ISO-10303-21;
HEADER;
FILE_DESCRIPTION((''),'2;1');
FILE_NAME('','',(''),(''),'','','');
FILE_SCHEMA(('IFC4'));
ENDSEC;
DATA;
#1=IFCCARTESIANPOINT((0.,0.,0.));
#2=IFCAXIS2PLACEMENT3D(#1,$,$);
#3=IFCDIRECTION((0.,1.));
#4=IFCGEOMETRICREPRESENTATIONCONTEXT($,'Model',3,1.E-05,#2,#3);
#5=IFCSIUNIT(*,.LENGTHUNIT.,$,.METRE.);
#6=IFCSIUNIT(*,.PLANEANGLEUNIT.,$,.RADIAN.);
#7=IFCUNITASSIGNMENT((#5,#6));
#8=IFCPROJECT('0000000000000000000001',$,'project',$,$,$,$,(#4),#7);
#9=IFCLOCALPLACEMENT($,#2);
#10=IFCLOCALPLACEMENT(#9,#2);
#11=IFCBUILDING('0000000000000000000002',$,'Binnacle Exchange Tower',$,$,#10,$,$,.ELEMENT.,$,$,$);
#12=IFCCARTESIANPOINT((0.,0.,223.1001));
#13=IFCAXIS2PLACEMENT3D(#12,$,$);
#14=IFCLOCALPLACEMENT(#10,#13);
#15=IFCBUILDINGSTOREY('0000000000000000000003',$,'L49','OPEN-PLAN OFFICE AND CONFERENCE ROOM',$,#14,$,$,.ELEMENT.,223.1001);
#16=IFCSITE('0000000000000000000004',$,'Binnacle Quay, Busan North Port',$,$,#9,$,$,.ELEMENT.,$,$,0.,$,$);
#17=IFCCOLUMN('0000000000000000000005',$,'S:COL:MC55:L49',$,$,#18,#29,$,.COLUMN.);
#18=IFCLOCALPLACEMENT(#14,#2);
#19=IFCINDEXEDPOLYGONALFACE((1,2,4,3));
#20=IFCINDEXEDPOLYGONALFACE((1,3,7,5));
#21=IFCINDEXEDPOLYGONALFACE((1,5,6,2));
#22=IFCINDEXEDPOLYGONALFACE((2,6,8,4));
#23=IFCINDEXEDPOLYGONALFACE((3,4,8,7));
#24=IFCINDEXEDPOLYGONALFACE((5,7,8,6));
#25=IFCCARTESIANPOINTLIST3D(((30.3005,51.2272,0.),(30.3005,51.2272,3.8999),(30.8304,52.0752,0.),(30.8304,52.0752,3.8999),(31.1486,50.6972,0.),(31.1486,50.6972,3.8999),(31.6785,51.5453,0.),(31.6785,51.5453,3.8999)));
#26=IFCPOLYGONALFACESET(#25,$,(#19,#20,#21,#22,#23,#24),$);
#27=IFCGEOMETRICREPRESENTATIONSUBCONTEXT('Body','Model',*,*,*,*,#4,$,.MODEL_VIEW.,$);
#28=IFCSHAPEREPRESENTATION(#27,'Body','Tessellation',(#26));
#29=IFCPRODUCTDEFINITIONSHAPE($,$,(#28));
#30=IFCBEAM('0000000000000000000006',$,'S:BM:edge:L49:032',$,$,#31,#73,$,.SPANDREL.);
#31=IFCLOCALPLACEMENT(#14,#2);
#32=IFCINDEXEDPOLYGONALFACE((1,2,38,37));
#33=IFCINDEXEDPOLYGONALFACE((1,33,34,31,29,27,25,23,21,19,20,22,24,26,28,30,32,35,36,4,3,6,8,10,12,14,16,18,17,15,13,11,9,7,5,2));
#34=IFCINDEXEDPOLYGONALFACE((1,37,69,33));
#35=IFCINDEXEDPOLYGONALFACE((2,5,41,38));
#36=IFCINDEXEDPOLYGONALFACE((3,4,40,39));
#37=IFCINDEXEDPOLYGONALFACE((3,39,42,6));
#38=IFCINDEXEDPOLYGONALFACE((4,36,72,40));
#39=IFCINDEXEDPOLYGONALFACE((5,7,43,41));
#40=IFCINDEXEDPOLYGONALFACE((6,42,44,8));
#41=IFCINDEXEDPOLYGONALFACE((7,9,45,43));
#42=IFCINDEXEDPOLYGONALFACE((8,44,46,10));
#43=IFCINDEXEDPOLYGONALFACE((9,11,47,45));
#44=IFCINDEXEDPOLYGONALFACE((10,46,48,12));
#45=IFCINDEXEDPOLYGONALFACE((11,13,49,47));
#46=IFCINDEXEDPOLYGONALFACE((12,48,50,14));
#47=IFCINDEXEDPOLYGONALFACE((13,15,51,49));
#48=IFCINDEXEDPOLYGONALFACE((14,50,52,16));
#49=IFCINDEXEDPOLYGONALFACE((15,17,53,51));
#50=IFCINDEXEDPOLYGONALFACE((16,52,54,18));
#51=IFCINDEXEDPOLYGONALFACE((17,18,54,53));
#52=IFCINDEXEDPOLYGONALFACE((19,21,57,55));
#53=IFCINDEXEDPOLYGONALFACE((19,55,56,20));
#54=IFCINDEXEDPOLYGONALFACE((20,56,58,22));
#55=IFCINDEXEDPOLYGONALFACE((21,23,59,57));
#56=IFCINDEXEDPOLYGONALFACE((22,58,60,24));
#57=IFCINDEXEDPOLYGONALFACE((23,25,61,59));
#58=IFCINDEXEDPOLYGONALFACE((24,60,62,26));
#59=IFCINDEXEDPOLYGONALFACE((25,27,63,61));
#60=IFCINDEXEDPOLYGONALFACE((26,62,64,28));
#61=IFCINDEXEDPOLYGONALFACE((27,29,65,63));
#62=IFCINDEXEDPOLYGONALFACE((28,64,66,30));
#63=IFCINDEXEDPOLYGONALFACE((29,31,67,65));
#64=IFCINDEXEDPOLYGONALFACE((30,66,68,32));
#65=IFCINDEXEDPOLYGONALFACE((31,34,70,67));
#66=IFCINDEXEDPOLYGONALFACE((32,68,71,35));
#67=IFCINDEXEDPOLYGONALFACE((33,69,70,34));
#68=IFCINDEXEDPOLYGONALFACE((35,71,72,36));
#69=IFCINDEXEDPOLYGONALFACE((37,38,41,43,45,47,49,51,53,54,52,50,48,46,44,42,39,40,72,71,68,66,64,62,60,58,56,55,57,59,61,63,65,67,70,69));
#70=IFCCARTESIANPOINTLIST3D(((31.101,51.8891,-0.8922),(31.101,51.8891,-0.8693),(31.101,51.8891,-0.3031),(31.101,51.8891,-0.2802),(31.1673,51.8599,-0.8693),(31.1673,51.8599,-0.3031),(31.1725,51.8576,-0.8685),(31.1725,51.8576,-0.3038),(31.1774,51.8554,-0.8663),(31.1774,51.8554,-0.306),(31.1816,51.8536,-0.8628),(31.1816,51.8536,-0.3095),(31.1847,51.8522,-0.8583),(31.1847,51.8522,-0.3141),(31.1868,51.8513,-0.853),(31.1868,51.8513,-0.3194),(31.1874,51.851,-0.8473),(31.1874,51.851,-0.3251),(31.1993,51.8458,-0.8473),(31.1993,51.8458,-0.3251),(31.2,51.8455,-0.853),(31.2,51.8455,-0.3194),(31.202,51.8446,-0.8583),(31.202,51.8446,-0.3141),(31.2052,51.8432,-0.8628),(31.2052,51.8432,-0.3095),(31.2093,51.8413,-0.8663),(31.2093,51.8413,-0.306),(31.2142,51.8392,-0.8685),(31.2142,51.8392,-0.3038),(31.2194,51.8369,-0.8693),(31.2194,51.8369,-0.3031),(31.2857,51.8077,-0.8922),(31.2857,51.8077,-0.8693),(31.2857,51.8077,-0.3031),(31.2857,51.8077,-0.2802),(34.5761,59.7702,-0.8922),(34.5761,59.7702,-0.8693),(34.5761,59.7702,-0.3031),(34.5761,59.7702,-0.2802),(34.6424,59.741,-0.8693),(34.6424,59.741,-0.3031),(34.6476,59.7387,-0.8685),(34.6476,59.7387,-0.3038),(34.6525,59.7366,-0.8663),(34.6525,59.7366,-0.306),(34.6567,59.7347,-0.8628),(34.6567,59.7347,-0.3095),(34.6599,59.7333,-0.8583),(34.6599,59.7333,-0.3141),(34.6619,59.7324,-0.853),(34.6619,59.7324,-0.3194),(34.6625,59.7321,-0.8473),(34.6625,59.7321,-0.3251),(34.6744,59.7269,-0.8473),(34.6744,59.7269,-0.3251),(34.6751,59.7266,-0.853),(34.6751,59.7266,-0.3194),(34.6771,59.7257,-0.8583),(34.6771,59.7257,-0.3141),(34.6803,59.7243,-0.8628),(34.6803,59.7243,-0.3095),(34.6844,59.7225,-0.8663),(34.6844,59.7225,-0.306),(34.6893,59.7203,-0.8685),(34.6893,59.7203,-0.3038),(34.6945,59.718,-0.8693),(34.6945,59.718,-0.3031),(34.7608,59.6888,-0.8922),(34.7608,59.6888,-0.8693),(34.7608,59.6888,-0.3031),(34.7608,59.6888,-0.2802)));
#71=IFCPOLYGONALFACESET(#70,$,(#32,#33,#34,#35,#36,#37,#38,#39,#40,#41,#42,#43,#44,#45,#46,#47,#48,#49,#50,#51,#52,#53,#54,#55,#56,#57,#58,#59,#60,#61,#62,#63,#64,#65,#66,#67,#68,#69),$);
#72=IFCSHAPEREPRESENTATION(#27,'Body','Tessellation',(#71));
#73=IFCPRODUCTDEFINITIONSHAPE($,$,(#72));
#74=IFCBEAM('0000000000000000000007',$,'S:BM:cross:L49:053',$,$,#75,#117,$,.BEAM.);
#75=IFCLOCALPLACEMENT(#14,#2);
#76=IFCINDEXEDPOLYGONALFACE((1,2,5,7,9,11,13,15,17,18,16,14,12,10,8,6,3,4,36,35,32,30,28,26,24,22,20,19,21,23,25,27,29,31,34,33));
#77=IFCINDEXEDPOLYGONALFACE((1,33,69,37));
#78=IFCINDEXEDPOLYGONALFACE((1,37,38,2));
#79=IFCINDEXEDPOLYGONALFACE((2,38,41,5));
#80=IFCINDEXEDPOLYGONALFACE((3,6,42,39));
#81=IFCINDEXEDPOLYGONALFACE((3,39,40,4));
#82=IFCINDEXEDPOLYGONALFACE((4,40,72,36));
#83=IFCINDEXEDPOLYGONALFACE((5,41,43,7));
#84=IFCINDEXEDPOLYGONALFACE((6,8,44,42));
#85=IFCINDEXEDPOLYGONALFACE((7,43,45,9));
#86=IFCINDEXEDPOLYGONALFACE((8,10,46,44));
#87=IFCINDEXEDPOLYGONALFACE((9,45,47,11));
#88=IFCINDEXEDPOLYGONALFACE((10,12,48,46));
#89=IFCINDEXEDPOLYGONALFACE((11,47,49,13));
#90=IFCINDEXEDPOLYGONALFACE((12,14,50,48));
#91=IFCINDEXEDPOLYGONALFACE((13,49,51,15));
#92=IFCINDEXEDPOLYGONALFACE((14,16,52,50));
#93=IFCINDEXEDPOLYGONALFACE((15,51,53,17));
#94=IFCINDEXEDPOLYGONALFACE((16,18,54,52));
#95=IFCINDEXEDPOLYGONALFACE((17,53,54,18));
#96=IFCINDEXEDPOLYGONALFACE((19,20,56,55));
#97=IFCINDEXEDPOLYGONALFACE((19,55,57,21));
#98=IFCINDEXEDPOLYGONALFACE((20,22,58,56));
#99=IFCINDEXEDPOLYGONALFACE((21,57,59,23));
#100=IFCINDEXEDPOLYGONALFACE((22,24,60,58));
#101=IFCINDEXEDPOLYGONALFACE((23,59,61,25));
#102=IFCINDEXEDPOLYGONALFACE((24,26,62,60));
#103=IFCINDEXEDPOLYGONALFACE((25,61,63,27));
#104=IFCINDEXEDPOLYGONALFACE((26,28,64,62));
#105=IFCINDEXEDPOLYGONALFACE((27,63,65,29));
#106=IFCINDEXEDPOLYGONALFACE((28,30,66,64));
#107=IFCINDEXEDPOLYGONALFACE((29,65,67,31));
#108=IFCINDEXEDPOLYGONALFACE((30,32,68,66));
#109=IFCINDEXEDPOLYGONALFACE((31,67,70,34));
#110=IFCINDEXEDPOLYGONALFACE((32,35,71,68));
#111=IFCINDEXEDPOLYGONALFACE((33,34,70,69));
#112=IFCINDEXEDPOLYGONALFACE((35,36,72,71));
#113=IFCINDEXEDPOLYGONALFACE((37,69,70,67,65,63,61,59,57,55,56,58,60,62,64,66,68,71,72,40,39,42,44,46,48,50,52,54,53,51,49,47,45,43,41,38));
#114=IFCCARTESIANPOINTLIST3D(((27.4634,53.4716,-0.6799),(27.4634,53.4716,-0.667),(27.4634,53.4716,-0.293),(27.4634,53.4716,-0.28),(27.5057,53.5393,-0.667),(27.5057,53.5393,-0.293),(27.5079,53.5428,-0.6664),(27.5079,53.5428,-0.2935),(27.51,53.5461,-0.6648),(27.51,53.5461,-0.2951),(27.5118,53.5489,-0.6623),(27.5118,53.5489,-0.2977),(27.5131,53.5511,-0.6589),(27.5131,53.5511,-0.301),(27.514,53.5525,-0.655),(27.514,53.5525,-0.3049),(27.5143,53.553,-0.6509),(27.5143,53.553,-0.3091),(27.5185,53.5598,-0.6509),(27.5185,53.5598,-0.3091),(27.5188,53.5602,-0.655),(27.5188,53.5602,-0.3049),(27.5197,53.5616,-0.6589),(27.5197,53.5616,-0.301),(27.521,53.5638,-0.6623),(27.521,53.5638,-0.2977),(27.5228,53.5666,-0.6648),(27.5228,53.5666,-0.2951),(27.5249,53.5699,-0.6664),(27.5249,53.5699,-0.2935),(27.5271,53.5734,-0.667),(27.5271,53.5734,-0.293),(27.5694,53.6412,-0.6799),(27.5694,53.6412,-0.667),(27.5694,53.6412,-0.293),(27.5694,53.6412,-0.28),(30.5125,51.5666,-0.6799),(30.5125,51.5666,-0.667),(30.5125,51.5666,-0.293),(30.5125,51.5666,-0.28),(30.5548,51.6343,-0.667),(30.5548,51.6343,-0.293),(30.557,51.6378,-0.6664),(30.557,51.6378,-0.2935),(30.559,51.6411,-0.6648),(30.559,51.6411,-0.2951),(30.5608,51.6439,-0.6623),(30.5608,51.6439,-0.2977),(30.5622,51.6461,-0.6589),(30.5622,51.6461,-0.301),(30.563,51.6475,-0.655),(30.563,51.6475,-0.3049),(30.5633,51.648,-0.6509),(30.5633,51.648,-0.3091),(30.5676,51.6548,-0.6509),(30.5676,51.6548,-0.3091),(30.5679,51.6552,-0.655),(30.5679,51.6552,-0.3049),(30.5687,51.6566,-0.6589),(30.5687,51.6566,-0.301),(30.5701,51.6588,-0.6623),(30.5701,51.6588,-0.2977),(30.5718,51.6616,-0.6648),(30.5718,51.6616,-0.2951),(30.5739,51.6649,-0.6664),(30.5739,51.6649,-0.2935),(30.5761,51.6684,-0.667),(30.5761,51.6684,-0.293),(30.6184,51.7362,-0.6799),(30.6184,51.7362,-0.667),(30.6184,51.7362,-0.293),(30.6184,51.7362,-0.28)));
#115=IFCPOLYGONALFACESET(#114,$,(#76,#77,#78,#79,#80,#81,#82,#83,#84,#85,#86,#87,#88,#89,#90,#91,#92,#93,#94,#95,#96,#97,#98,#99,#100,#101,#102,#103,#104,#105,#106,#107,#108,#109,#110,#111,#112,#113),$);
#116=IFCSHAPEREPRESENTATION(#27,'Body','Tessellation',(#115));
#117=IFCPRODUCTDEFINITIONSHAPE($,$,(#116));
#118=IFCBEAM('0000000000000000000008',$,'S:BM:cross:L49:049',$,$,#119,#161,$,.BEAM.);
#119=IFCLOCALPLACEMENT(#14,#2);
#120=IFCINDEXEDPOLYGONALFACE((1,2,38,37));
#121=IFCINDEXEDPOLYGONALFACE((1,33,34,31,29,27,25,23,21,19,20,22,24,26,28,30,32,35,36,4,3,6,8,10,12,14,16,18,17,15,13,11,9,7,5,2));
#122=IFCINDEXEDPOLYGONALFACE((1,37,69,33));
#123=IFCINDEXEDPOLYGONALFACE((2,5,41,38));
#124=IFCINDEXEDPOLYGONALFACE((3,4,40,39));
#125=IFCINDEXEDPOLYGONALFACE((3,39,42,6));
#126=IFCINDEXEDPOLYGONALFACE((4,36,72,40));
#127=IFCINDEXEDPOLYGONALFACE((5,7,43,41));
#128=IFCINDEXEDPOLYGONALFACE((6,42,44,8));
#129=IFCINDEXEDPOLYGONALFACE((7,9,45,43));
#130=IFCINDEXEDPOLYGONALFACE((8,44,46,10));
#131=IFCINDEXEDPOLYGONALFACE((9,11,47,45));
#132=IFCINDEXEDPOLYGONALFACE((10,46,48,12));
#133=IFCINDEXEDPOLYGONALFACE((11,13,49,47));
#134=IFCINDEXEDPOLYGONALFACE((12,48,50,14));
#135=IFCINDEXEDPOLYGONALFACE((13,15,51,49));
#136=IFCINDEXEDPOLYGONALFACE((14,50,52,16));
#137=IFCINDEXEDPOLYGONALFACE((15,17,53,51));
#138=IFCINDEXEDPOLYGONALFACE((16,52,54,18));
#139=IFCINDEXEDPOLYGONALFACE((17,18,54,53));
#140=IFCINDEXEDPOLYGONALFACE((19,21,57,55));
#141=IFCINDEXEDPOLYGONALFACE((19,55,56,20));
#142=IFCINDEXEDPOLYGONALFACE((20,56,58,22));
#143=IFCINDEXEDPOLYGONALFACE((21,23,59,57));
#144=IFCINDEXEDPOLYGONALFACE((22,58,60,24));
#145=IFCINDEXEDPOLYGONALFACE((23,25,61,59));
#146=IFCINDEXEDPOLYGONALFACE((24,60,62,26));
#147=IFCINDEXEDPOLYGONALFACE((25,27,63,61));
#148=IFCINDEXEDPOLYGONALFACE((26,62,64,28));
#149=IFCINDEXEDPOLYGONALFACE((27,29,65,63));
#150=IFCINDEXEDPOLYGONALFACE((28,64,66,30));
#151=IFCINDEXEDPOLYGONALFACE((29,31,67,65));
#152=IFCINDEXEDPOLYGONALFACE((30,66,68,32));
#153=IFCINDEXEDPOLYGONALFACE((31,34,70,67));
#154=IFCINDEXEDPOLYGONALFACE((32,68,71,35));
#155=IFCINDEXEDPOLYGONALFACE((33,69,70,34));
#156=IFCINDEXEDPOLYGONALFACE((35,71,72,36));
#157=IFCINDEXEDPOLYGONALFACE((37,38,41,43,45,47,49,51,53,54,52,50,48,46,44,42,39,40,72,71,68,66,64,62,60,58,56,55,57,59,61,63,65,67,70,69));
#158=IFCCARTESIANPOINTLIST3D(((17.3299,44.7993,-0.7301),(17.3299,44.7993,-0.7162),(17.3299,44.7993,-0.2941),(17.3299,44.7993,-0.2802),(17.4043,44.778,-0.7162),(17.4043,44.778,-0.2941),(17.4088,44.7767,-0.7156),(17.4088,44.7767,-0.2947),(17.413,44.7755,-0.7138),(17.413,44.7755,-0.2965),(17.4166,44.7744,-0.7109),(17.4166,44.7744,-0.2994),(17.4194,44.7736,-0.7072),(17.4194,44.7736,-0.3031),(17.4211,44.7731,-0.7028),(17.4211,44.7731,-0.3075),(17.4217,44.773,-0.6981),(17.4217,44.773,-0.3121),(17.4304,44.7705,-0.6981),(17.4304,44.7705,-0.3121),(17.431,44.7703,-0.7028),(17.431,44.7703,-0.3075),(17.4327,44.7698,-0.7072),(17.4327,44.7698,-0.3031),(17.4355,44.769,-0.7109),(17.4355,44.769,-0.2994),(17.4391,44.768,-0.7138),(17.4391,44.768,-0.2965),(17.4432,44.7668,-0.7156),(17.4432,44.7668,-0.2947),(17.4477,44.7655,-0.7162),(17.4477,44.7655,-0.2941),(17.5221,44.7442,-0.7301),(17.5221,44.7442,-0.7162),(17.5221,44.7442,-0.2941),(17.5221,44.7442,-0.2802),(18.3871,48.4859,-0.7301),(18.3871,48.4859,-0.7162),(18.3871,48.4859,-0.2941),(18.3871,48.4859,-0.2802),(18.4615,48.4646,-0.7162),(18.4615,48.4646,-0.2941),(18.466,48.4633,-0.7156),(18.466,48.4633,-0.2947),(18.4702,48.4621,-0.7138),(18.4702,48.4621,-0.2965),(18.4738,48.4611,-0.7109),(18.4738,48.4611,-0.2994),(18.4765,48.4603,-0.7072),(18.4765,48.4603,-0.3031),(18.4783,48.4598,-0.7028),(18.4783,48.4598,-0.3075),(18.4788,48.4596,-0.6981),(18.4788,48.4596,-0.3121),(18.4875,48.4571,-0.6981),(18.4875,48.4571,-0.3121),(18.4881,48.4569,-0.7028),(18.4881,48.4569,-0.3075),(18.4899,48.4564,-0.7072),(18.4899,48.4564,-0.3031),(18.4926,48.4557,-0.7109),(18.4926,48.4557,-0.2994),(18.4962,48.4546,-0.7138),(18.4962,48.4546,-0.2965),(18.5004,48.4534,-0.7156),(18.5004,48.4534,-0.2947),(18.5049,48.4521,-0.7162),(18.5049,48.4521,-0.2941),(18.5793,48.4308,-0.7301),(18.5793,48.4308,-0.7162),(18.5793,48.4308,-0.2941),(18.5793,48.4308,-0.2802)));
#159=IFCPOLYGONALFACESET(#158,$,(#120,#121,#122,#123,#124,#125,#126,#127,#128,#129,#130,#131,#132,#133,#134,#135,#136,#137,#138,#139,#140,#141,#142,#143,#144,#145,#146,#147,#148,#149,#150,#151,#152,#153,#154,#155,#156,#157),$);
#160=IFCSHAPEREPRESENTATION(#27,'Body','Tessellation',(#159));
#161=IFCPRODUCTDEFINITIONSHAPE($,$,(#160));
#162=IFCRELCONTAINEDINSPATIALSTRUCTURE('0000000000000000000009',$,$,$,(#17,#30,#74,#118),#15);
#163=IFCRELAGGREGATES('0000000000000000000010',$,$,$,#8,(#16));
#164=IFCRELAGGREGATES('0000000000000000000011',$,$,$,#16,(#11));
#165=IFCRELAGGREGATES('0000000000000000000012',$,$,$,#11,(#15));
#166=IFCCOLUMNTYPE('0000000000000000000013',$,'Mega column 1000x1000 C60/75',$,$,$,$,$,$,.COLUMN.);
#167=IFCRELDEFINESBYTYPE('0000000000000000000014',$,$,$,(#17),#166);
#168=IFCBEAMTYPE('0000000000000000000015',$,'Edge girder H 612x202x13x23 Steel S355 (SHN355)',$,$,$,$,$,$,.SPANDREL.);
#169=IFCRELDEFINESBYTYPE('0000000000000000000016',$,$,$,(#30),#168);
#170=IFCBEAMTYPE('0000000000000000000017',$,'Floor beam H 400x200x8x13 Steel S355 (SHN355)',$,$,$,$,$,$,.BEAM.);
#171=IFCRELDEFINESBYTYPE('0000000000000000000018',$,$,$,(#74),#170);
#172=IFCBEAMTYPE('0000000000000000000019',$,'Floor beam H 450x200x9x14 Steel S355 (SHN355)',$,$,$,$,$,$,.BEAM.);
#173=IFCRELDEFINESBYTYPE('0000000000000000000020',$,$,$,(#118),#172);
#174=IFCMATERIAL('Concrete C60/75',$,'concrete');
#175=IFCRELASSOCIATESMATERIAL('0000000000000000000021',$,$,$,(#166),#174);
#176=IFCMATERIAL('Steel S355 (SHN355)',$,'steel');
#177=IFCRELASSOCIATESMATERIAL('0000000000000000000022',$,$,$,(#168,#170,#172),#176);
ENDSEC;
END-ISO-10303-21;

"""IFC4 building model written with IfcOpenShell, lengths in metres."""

from ifc_helpers import new_model, si_unit, direction, frame, origin, origin_2d, place, context, subcontext, project, spatial, rectangle, i_section, extrude, material, material_profile, profile_set, type_object, element, save


model = new_model("IFC4")

# Units and contexts
model_context = context("Model", 3, precision=1e-05, world=origin(), true_north=direction((0.0, 1.0)))
body_context = subcontext(model_context, "Body", "Model", "MODEL_VIEW")
ifc_project = project(units=[si_unit("LENGTHUNIT", "METRE"), si_unit("PLANEANGLEUNIT", "RADIAN")], contexts=[model_context])

# Site, building, storey
site_placement = place(None, origin())
site = spatial("IfcSite", under=ifc_project, at=site_placement, Name="Binnacle Quay, Busan North Port", CompositionType="ELEMENT", RefElevation=0.0)
building_placement = place(site_placement, origin())
building = spatial("IfcBuilding", under=site, at=building_placement, Name="Binnacle Exchange Tower", CompositionType="ELEMENT")
storey_placement = place(building_placement, frame((0.0, 0.0, 223.1001)))
storey = spatial("IfcBuildingStorey", under=building, at=storey_placement, Name="L49", Description="OPEN-PLAN OFFICE AND CONFERENCE ROOM", CompositionType="ELEMENT", Elevation=223.1001)

# Column
ifc_material_1 = material(Name="Concrete C60/75", Category="concrete")
ifc_material_profile_1 = material_profile(ifc_material_1, rectangle(XDim=1.0, YDim=1.0, at=origin_2d()), Name="Mega column 1000x1000 C60/75")
ifc_profile_set_1 = profile_set([ifc_material_profile_1], Name="Concrete C60/75")
column_type = type_object("IfcColumnType", Name="Mega column 1000x1000 C60/75", PredefinedType="COLUMN", material=ifc_profile_set_1)
column_placement = place(storey_placement, frame((30.9895, 51.3862, 0.0), z_axis=(0.0, 0.0, 1.0), x_axis=(0.529919, 0.848048, 0.0)))
element("IfcColumn", 1, at=column_placement, inside=storey, type_object=column_type, Name="S:COL:MC55:L49", PredefinedType="COLUMN", context=body_context, shape_type="SweptSolid", body=[
    extrude(rectangle(XDim=1.0, YDim=1.0, at=origin_2d()), origin(), (0.0, 0.0, 1.0), 3.8999),
])

# Beams
ifc_material_2 = material(Name="Steel S355 (SHN355)", Category="steel")
ifc_material_profile_2 = material_profile(ifc_material_2, i_section(OverallWidth=0.2019, OverallDepth=0.6121, WebThickness=0.0129, FlangeThickness=0.0229, FilletRadius=0.022, at=origin_2d()), Name="H 612x202x13x23")
ifc_profile_set_2 = profile_set([ifc_material_profile_2], Name="Steel S355 (SHN355)")
beam_type_1 = type_object("IfcBeamType", Name="Edge girder H 612x202x13x23 Steel S355 (SHN355)", PredefinedType="SPANDREL", material=ifc_profile_set_2)
beam_1_placement = place(storey_placement, frame((31.1934, 51.8484, -0.5862), z_axis=(0.403459, 0.914998, 0.0), x_axis=(-0.914998, 0.403459, 0.0)))
element("IfcBeam", 2, at=beam_1_placement, inside=storey, type_object=beam_type_1, Name="S:BM:edge:L49:032", PredefinedType="SPANDREL", context=body_context, shape_type="SweptSolid", body=[
    extrude(i_section(OverallWidth=0.2019, OverallDepth=0.6121, WebThickness=0.0129, FlangeThickness=0.0229, FilletRadius=0.022, at=origin_2d()), origin(), (0.0, 0.0, 1.0), 8.6133),
])
ifc_material_profile_3 = material_profile(ifc_material_2, i_section(OverallWidth=0.2, OverallDepth=0.3999, WebThickness=0.0081, FlangeThickness=0.0129, FilletRadius=0.0161, at=origin_2d()), Name="H 400x200x8x13")
ifc_profile_set_3 = profile_set([ifc_material_profile_3], Name="Steel S355 (SHN355)")
beam_type_2 = type_object("IfcBeamType", Name="Floor beam H 400x200x8x13 Steel S355 (SHN355)", PredefinedType="BEAM", material=ifc_profile_set_3)
beam_2_placement = place(storey_placement, frame((30.5654, 51.6514, -0.48), z_axis=(-0.848078, 0.529871, 0.0), x_axis=(-0.529871, -0.848078, 0.0)))
element("IfcBeam", 3, at=beam_2_placement, inside=storey, type_object=beam_type_2, Name="S:BM:cross:L49:053", PredefinedType="BEAM", context=body_context, shape_type="SweptSolid", body=[
    extrude(i_section(OverallWidth=0.2, OverallDepth=0.3999, WebThickness=0.0081, FlangeThickness=0.0129, FilletRadius=0.0161, at=origin_2d()), origin(), (0.0, 0.0, 1.0), 3.5952),
])
ifc_material_profile_4 = material_profile(ifc_material_2, i_section(OverallWidth=0.2, OverallDepth=0.45, WebThickness=0.009, FlangeThickness=0.0139, FilletRadius=0.0181, at=origin_2d()), Name="H 450x200x9x14")
ifc_profile_set_4 = profile_set([ifc_material_profile_4], Name="Steel S355 (SHN355)")
beam_type_3 = type_object("IfcBeamType", Name="Floor beam H 450x200x9x14 Steel S355 (SHN355)", PredefinedType="BEAM", material=ifc_profile_set_4)
beam_3_placement = place(storey_placement, frame((17.426, 44.7717, -0.5051), z_axis=(0.275646, 0.961259, 0.0), x_axis=(-0.961259, 0.275646, 0.0)))
element("IfcBeam", 4, at=beam_3_placement, inside=storey, type_object=beam_type_3, Name="S:BM:cross:L49:049", PredefinedType="BEAM", context=body_context, shape_type="SweptSolid", body=[
    extrude(i_section(OverallWidth=0.2, OverallDepth=0.45, WebThickness=0.009, FlangeThickness=0.0139, FilletRadius=0.0181, at=origin_2d()), origin(), (0.0, 0.0, 1.0), 3.8352),
])

save(model, "model.ifc")
